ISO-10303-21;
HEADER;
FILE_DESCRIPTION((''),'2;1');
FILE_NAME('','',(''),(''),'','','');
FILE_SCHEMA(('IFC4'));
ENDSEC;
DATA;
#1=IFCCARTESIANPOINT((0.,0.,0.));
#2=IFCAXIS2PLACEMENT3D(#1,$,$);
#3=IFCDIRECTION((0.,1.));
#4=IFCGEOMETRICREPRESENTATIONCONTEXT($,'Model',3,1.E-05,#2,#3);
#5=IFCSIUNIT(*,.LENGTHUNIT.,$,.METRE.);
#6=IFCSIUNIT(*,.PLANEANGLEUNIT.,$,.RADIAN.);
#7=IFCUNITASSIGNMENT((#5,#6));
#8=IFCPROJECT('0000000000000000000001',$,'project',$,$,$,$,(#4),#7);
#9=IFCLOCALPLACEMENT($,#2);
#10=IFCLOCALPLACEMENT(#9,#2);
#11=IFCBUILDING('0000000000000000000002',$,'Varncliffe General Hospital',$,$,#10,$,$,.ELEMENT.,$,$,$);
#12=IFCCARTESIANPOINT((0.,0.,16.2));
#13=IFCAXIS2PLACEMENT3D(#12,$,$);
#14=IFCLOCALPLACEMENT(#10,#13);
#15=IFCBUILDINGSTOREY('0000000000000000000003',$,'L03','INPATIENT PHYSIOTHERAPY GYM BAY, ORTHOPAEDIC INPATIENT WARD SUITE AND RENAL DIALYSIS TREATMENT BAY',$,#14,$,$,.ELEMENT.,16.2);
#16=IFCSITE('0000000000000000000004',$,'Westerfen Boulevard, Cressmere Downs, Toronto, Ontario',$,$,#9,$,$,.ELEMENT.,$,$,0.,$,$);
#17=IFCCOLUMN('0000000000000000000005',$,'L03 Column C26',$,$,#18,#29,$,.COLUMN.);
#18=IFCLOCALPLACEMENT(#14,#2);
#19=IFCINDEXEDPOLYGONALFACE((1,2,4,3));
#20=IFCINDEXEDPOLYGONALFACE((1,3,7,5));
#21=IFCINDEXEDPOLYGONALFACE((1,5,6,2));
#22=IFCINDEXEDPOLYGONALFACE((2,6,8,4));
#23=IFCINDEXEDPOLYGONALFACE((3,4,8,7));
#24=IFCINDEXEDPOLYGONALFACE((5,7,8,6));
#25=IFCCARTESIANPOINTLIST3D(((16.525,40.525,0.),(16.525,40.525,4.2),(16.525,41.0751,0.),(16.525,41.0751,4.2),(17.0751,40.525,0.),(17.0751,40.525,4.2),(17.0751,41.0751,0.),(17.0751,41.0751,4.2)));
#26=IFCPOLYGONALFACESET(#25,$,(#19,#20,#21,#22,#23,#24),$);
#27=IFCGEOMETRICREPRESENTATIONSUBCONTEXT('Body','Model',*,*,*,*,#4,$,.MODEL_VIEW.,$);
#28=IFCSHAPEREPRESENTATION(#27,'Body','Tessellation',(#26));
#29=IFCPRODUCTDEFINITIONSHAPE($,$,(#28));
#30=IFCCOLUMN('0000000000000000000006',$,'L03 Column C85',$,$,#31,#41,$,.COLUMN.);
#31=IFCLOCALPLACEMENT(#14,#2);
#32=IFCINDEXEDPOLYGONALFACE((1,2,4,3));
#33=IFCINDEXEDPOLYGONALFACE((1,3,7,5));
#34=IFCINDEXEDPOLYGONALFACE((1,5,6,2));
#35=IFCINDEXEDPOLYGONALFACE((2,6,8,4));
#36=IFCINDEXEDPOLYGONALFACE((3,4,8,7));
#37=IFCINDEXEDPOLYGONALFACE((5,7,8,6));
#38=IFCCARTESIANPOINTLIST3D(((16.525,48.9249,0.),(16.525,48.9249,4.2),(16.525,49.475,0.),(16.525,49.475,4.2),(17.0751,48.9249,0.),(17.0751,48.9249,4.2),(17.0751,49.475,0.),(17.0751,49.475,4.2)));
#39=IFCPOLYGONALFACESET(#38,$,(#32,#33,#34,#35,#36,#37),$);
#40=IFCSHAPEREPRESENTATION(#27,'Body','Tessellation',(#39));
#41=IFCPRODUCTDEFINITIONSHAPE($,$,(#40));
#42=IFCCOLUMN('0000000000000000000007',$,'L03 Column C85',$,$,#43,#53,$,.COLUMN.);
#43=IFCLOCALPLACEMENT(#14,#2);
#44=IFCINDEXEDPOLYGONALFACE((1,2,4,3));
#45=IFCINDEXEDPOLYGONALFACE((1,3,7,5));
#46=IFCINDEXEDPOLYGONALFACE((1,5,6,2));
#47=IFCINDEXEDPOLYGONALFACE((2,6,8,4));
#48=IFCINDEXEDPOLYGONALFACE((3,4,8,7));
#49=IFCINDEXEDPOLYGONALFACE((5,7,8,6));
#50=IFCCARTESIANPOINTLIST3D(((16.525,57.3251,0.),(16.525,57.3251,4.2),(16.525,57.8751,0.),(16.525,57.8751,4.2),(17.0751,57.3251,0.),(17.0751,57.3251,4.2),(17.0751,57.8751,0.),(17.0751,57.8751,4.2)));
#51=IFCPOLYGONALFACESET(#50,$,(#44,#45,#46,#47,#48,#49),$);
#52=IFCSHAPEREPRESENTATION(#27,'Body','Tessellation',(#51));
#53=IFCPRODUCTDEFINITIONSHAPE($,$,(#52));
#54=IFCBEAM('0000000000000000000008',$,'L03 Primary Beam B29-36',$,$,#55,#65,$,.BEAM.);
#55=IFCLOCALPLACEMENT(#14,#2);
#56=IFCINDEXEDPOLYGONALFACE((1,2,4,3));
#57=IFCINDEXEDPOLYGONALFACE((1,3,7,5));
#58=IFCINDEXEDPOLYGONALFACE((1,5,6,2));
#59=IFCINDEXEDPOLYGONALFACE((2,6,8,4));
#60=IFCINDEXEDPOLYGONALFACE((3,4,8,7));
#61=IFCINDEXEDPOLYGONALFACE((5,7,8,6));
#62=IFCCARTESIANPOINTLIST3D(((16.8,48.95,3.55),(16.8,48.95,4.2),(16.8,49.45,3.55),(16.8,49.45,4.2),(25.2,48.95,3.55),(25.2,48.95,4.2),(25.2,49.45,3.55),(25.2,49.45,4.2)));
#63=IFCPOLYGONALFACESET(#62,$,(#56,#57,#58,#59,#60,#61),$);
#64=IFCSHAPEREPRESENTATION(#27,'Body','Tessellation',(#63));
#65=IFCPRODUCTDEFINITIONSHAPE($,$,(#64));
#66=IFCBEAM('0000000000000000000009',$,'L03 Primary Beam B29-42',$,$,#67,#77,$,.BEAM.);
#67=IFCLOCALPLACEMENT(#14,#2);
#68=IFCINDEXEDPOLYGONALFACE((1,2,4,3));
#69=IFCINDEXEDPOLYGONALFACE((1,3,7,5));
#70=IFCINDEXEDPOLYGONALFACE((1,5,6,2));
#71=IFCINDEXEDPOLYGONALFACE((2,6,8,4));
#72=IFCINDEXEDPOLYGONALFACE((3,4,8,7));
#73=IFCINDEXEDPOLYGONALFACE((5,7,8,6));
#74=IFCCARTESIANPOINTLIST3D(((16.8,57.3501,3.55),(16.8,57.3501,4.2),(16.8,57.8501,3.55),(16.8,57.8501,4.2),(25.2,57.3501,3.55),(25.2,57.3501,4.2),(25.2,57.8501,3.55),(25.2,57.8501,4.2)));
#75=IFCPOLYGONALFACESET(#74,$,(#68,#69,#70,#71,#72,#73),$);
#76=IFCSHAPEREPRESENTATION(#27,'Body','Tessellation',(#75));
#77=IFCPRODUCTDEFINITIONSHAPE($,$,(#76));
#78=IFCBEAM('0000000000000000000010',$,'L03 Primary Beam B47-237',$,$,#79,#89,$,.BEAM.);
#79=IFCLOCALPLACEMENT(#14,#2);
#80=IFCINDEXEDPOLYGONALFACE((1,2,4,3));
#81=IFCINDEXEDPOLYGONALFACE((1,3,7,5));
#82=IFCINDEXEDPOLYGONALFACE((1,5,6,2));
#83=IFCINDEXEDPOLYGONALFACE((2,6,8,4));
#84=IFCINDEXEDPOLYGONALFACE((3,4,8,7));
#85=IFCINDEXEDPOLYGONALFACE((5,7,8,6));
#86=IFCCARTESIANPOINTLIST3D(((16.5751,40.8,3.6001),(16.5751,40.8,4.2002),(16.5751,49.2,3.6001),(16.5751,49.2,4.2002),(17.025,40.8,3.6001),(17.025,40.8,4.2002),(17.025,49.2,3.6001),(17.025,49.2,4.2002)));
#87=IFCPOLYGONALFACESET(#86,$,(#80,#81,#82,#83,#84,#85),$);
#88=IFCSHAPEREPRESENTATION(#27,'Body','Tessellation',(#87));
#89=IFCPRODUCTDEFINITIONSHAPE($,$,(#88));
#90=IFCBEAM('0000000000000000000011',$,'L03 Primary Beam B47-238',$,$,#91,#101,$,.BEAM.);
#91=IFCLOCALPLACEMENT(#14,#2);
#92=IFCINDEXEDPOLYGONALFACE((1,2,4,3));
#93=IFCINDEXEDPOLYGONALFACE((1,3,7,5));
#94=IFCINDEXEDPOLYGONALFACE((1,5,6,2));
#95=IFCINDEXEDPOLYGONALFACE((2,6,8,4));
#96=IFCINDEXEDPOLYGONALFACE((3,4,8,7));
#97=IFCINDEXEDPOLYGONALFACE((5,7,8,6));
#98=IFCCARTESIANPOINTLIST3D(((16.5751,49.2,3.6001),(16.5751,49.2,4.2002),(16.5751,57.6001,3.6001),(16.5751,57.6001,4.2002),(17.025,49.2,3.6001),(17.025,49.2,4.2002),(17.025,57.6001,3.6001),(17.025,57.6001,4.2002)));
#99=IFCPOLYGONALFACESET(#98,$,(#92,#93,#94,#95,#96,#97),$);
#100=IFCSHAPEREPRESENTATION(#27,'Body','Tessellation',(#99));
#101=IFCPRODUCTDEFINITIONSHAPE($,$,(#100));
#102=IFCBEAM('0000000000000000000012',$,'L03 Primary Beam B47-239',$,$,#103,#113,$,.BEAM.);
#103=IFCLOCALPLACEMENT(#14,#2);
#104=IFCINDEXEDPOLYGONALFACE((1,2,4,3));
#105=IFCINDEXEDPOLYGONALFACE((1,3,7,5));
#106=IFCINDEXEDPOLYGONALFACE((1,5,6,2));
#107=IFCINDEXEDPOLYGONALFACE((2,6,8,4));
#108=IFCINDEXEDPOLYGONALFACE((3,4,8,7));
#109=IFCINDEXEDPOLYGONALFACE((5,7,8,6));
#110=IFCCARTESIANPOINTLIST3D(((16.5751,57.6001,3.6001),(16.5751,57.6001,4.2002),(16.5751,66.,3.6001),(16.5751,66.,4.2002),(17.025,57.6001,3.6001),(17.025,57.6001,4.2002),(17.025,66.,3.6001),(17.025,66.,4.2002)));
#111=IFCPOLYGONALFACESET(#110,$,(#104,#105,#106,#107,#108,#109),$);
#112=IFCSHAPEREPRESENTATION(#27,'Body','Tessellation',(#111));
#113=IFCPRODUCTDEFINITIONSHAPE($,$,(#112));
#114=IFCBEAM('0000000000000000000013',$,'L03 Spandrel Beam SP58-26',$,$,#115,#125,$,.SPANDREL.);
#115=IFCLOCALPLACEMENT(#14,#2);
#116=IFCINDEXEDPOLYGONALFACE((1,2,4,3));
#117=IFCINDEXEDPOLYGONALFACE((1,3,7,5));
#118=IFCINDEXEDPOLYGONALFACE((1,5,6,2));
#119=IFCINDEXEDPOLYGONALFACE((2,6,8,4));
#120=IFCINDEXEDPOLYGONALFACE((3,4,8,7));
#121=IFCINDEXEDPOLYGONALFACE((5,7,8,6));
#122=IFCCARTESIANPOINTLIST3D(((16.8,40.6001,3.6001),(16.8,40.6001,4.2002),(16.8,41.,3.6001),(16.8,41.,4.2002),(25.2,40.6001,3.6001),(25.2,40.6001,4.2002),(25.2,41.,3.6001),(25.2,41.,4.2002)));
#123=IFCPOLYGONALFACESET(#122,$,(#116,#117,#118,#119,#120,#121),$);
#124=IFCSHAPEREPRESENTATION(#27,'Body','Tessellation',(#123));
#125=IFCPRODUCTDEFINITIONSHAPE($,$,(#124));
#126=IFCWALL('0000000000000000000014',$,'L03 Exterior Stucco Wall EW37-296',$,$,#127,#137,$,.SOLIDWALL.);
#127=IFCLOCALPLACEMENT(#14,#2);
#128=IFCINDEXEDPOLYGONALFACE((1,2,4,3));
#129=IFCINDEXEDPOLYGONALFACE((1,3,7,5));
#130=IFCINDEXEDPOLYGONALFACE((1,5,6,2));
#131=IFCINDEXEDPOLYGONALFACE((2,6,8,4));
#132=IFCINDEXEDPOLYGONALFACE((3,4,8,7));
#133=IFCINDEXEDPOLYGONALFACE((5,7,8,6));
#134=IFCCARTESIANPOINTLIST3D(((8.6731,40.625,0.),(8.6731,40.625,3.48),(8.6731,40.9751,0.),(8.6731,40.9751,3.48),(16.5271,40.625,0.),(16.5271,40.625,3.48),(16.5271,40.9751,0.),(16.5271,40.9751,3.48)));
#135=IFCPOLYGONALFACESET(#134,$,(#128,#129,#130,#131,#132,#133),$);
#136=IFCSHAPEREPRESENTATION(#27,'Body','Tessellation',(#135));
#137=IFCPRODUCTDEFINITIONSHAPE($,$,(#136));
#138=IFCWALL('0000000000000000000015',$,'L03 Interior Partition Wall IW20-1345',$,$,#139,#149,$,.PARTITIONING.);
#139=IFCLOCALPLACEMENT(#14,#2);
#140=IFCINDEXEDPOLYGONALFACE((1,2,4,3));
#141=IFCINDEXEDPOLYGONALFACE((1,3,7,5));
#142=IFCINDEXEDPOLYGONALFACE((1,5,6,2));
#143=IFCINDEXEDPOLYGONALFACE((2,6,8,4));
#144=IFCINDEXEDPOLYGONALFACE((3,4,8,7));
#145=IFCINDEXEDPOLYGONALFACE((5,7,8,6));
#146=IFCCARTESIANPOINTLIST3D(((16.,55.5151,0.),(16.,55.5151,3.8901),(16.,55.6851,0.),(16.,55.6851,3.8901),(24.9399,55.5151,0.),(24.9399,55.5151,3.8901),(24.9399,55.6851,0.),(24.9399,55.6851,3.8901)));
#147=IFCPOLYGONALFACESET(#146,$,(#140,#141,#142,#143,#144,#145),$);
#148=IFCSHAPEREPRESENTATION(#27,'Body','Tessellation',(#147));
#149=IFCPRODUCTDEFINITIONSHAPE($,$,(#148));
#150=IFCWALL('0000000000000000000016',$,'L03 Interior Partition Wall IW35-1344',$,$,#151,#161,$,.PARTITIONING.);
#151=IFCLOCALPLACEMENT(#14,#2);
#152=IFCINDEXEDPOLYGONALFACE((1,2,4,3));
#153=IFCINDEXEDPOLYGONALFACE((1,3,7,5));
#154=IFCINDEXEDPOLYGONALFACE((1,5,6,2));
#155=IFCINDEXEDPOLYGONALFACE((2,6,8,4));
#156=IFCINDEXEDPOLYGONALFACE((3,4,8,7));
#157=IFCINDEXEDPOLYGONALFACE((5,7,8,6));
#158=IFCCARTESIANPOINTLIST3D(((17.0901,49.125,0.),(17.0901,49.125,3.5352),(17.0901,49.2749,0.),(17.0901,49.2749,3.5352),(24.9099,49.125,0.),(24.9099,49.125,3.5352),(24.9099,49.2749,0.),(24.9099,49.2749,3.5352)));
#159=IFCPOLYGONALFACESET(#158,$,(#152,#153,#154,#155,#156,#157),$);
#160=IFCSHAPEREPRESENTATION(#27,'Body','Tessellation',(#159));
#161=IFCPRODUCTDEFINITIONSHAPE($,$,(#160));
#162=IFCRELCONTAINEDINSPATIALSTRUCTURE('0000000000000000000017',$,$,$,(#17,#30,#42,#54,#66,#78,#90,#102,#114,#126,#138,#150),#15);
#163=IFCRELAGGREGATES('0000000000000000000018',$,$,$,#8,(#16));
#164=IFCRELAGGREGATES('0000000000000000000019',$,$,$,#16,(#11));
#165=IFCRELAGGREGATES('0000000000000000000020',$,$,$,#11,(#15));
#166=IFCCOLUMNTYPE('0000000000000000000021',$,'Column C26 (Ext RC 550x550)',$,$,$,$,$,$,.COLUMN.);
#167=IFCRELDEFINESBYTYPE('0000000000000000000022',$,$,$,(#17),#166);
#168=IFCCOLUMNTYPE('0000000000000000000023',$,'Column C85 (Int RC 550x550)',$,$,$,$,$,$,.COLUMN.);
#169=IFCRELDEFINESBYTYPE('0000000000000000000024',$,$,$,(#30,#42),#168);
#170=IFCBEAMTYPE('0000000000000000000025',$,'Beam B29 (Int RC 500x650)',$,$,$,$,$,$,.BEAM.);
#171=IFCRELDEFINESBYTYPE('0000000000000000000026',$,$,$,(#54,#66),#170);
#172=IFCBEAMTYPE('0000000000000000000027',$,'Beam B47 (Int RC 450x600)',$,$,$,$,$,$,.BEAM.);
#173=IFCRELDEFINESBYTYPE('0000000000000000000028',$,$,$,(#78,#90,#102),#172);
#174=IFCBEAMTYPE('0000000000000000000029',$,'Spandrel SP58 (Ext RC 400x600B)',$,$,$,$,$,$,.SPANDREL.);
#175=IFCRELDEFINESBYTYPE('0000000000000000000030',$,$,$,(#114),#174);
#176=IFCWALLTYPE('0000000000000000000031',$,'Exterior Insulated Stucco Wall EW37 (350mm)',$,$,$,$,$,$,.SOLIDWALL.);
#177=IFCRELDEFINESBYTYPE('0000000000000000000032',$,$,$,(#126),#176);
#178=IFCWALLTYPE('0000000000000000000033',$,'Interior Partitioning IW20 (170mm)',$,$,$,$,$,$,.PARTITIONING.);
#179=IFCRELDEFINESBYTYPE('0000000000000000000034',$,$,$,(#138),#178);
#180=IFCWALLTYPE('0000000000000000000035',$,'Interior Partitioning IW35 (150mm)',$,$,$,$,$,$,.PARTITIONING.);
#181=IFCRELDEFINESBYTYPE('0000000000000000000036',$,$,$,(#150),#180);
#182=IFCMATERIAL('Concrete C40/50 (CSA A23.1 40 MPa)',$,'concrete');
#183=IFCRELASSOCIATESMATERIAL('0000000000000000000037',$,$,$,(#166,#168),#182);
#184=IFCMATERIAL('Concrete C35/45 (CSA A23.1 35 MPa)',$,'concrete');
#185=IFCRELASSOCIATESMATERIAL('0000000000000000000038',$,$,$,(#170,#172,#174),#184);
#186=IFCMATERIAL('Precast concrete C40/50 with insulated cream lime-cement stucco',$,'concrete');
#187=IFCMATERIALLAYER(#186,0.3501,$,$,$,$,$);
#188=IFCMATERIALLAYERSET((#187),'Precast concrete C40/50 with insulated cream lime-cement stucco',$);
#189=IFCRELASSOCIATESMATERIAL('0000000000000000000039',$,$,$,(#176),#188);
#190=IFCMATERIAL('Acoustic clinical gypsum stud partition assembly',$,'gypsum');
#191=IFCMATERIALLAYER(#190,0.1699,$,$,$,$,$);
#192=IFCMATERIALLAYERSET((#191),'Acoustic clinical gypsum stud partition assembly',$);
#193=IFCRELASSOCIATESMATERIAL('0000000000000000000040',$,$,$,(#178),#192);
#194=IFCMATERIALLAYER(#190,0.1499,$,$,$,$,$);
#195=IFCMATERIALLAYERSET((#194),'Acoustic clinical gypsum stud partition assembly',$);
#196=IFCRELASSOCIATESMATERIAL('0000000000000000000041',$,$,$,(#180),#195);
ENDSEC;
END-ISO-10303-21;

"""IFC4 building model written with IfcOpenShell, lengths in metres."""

from ifc_helpers import new_model, si_unit, direction, frame, frame_2d, origin, origin_2d, place, context, subcontext, project, spatial, rectangle, extrude, material, layer, layer_set, material_profile, profile_set, type_object, element, save


model = new_model("IFC4")

# Units and contexts
model_context = context("Model", 3, precision=1e-05, world=origin(), true_north=direction((0.0, 1.0)))
body_context = subcontext(model_context, "Body", "Model", "MODEL_VIEW")
ifc_project = project(units=[si_unit("LENGTHUNIT", "METRE"), si_unit("PLANEANGLEUNIT", "RADIAN")], contexts=[model_context])

# Site, building, storey
site_placement = place(None, origin())
site = spatial("IfcSite", under=ifc_project, at=site_placement, Name="Westerfen Boulevard, Cressmere Downs, Toronto, Ontario", CompositionType="ELEMENT", RefElevation=0.0)
building_placement = place(site_placement, origin())
building = spatial("IfcBuilding", under=site, at=building_placement, Name="Varncliffe General Hospital", CompositionType="ELEMENT")
storey_placement = place(building_placement, frame((0.0, 0.0, 16.2)))
storey = spatial("IfcBuildingStorey", under=building, at=storey_placement, Name="L03", Description="INPATIENT PHYSIOTHERAPY GYM BAY, ORTHOPAEDIC INPATIENT WARD SUITE AND RENAL DIALYSIS TREATMENT BAY", CompositionType="ELEMENT", Elevation=16.2)

# Columns
ifc_material_1 = material(Name="Concrete C40/50 (CSA A23.1 40 MPa)", Category="concrete")
ifc_material_profile_1 = material_profile(ifc_material_1, rectangle(XDim=0.55, YDim=0.55, at=origin_2d()), Name="RC 550x550")
ifc_profile_set_1 = profile_set([ifc_material_profile_1], Name="Concrete C40/50 (CSA A23.1 40 MPa)")
column_type_1 = type_object("IfcColumnType", Name="Column C26 (Ext RC 550x550)", PredefinedType="COLUMN", material=ifc_profile_set_1)
column_placement = place(storey_placement, frame((16.8, 40.8, 0.0), z_axis=(0.0, 0.0, 1.0), x_axis=(1.0, 0.0, 0.0)))
element("IfcColumn", 1, at=column_placement, inside=storey, type_object=column_type_1, Name="L03 Column C26", PredefinedType="COLUMN", context=body_context, shape_type="SweptSolid", body=[
    extrude(rectangle(XDim=0.55, YDim=0.55, at=origin_2d()), origin(), (0.0, 0.0, 1.0), 4.2),
])
ifc_material_profile_2 = material_profile(ifc_material_1, rectangle(XDim=0.55, YDim=0.55, at=origin_2d()), Name="RC 550x550")
ifc_profile_set_2 = profile_set([ifc_material_profile_2], Name="Concrete C40/50 (CSA A23.1 40 MPa)")
column_type_2 = type_object("IfcColumnType", Name="Column C85 (Int RC 550x550)", PredefinedType="COLUMN", material=ifc_profile_set_2)
for number, where, z_axis, x_axis, name in (
    (2, (16.8, 49.2, 0.0), (0.0, 0.0, 1.0), (1.0, 0.0, 0.0), "L03 Column C85"),
    (3, (16.8, 57.6001, 0.0), (0.0, 0.0, 1.0), (1.0, 0.0, 0.0), "L03 Column C85"),
):
    element("IfcColumn", number, at=place(storey_placement, frame(where, z_axis=z_axis, x_axis=x_axis)), inside=storey, type_object=column_type_2, Name=name, PredefinedType="COLUMN", context=body_context, shape_type="SweptSolid", body=[
        extrude(rectangle(XDim=0.55, YDim=0.55, at=origin_2d()), origin(), (0.0, 0.0, 1.0), 4.2),
    ])

# Beams
ifc_material_2 = material(Name="Concrete C35/45 (CSA A23.1 35 MPa)", Category="concrete")
ifc_material_profile_3 = material_profile(ifc_material_2, rectangle(XDim=0.5, YDim=0.6499, at=origin_2d()), Name="RC 500x650")
ifc_profile_set_3 = profile_set([ifc_material_profile_3], Name="Concrete C35/45 (CSA A23.1 35 MPa)")
beam_type_1 = type_object("IfcBeamType", Name="Beam B29 (Int RC 500x650)", PredefinedType="BEAM", material=ifc_profile_set_3)
for number, where, z_axis, x_axis, name in (
    (4, (16.8, 49.2, 3.875), (1.0, 0.0, 0.0), (0.0, 1.0, 0.0), "L03 Primary Beam B29-36"),
    (5, (16.8, 57.6001, 3.875), (1.0, 0.0, 0.0), (0.0, 1.0, 0.0), "L03 Primary Beam B29-42"),
):
    element("IfcBeam", number, at=place(storey_placement, frame(where, z_axis=z_axis, x_axis=x_axis)), inside=storey, type_object=beam_type_1, Name=name, PredefinedType="BEAM", context=body_context, shape_type="SweptSolid", body=[
        extrude(rectangle(XDim=0.5, YDim=0.6499, at=origin_2d()), origin(), (0.0, 0.0, 1.0), 8.3999),
    ])
ifc_material_profile_4 = material_profile(ifc_material_2, rectangle(XDim=0.45, YDim=0.6001, at=origin_2d()), Name="RC 450x600")
ifc_profile_set_4 = profile_set([ifc_material_profile_4], Name="Concrete C35/45 (CSA A23.1 35 MPa)")
beam_type_2 = type_object("IfcBeamType", Name="Beam B47 (Int RC 450x600)", PredefinedType="BEAM", material=ifc_profile_set_4)
beam_1_placement = place(storey_placement, frame((16.8, 40.8, 3.9001), z_axis=(0.0, 1.0, 0.0), x_axis=(-1.0, 0.0, 0.0)))
element("IfcBeam", 6, at=beam_1_placement, inside=storey, type_object=beam_type_2, Name="L03 Primary Beam B47-237", PredefinedType="BEAM", context=body_context, shape_type="SweptSolid", body=[
    extrude(rectangle(XDim=0.45, YDim=0.6001, at=origin_2d()), origin(), (0.0, 0.0, 1.0), 8.3999),
])
beam_2_placement = place(storey_placement, frame((16.8, 49.2, 3.9001), z_axis=(0.0, 1.0, 0.0), x_axis=(-1.0, 0.0, 0.0)))
element("IfcBeam", 7, at=beam_2_placement, inside=storey, type_object=beam_type_2, Name="L03 Primary Beam B47-238", PredefinedType="BEAM", context=body_context, shape_type="SweptSolid", body=[
    extrude(rectangle(XDim=0.45, YDim=0.6001, at=origin_2d()), origin(), (0.0, 0.0, 1.0), 8.4001),
])
beam_3_placement = place(storey_placement, frame((16.8, 57.6001, 3.9001), z_axis=(0.0, 1.0, 0.0), x_axis=(-1.0, 0.0, 0.0)))
element("IfcBeam", 8, at=beam_3_placement, inside=storey, type_object=beam_type_2, Name="L03 Primary Beam B47-239", PredefinedType="BEAM", context=body_context, shape_type="SweptSolid", body=[
    extrude(rectangle(XDim=0.45, YDim=0.6001, at=origin_2d()), origin(), (0.0, 0.0, 1.0), 8.3999),
])
ifc_material_profile_5 = material_profile(ifc_material_2, rectangle(XDim=0.3999, YDim=0.6001, at=origin_2d()), Name="RC 400x600")
ifc_profile_set_5 = profile_set([ifc_material_profile_5], Name="Concrete C35/45 (CSA A23.1 35 MPa)")
beam_type_3 = type_object("IfcBeamType", Name="Spandrel SP58 (Ext RC 400x600B)", PredefinedType="SPANDREL", material=ifc_profile_set_5)
beam_4_placement = place(storey_placement, frame((16.8, 40.8, 3.9001), z_axis=(1.0, 0.0, 0.0), x_axis=(0.0, 1.0, 0.0)))
element("IfcBeam", 9, at=beam_4_placement, inside=storey, type_object=beam_type_3, Name="L03 Spandrel Beam SP58-26", PredefinedType="SPANDREL", context=body_context, shape_type="SweptSolid", body=[
    extrude(rectangle(XDim=0.3999, YDim=0.6001, at=origin_2d()), origin(), (0.0, 0.0, 1.0), 8.3999),
])

# Walls
ifc_material_3 = material(Name="Precast concrete C40/50 with insulated cream lime-cement stucco", Category="concrete")
ifc_layer_1 = layer(ifc_material_3, 0.3501)
ifc_layer_set_1 = layer_set([ifc_layer_1], Name="Precast concrete C40/50 with insulated cream lime-cement stucco")
wall_type_1 = type_object("IfcWallType", Name="Exterior Insulated Stucco Wall EW37 (350mm)", PredefinedType="SOLIDWALL", material=ifc_layer_set_1)
wall_1_placement = place(storey_placement, frame((16.5271, 40.8, 0.0), z_axis=(0.0, 0.0, 1.0), x_axis=(-1.0, 0.0, 0.0)))
element("IfcWall", 10, at=wall_1_placement, inside=storey, type_object=wall_type_1, Name="L03 Exterior Stucco Wall EW37-296", PredefinedType="SOLIDWALL", context=body_context, shape_type="SweptSolid", body=[
    extrude(rectangle(XDim=7.854, YDim=0.3501, at=frame_2d((3.927, 0.0))), origin(), (0.0, 0.0, 1.0), 3.48),
])
ifc_material_4 = material(Name="Acoustic clinical gypsum stud partition assembly", Category="gypsum")
ifc_layer_2 = layer(ifc_material_4, 0.1699)
ifc_layer_set_2 = layer_set([ifc_layer_2], Name="Acoustic clinical gypsum stud partition assembly")
wall_type_2 = type_object("IfcWallType", Name="Interior Partitioning IW20 (170mm)", PredefinedType="PARTITIONING", material=ifc_layer_set_2)
wall_2_placement = place(storey_placement, frame((16.0, 55.6001, 0.0), z_axis=(0.0, 0.0, 1.0), x_axis=(1.0, 0.0, 0.0)))
element("IfcWall", 11, at=wall_2_placement, inside=storey, type_object=wall_type_2, Name="L03 Interior Partition Wall IW20-1345", PredefinedType="PARTITIONING", context=body_context, shape_type="SweptSolid", body=[
    extrude(rectangle(XDim=8.9399, YDim=0.1699, at=frame_2d((4.47, 0.0))), origin(), (0.0, 0.0, 1.0), 3.8901),
])
ifc_layer_3 = layer(ifc_material_4, 0.1499)
ifc_layer_set_3 = layer_set([ifc_layer_3], Name="Acoustic clinical gypsum stud partition assembly")
wall_type_3 = type_object("IfcWallType", Name="Interior Partitioning IW35 (150mm)", PredefinedType="PARTITIONING", material=ifc_layer_set_3)
wall_3_placement = place(storey_placement, frame((17.0901, 49.2, 0.0), z_axis=(0.0, 0.0, 1.0), x_axis=(1.0, 0.0, 0.0)))
element("IfcWall", 12, at=wall_3_placement, inside=storey, type_object=wall_type_3, Name="L03 Interior Partition Wall IW35-1344", PredefinedType="PARTITIONING", context=body_context, shape_type="SweptSolid", body=[
    extrude(rectangle(XDim=7.8198, YDim=0.1499, at=frame_2d((3.9099, 0.0))), origin(), (0.0, 0.0, 1.0), 3.5352),
])

save(model, "model.ifc")
